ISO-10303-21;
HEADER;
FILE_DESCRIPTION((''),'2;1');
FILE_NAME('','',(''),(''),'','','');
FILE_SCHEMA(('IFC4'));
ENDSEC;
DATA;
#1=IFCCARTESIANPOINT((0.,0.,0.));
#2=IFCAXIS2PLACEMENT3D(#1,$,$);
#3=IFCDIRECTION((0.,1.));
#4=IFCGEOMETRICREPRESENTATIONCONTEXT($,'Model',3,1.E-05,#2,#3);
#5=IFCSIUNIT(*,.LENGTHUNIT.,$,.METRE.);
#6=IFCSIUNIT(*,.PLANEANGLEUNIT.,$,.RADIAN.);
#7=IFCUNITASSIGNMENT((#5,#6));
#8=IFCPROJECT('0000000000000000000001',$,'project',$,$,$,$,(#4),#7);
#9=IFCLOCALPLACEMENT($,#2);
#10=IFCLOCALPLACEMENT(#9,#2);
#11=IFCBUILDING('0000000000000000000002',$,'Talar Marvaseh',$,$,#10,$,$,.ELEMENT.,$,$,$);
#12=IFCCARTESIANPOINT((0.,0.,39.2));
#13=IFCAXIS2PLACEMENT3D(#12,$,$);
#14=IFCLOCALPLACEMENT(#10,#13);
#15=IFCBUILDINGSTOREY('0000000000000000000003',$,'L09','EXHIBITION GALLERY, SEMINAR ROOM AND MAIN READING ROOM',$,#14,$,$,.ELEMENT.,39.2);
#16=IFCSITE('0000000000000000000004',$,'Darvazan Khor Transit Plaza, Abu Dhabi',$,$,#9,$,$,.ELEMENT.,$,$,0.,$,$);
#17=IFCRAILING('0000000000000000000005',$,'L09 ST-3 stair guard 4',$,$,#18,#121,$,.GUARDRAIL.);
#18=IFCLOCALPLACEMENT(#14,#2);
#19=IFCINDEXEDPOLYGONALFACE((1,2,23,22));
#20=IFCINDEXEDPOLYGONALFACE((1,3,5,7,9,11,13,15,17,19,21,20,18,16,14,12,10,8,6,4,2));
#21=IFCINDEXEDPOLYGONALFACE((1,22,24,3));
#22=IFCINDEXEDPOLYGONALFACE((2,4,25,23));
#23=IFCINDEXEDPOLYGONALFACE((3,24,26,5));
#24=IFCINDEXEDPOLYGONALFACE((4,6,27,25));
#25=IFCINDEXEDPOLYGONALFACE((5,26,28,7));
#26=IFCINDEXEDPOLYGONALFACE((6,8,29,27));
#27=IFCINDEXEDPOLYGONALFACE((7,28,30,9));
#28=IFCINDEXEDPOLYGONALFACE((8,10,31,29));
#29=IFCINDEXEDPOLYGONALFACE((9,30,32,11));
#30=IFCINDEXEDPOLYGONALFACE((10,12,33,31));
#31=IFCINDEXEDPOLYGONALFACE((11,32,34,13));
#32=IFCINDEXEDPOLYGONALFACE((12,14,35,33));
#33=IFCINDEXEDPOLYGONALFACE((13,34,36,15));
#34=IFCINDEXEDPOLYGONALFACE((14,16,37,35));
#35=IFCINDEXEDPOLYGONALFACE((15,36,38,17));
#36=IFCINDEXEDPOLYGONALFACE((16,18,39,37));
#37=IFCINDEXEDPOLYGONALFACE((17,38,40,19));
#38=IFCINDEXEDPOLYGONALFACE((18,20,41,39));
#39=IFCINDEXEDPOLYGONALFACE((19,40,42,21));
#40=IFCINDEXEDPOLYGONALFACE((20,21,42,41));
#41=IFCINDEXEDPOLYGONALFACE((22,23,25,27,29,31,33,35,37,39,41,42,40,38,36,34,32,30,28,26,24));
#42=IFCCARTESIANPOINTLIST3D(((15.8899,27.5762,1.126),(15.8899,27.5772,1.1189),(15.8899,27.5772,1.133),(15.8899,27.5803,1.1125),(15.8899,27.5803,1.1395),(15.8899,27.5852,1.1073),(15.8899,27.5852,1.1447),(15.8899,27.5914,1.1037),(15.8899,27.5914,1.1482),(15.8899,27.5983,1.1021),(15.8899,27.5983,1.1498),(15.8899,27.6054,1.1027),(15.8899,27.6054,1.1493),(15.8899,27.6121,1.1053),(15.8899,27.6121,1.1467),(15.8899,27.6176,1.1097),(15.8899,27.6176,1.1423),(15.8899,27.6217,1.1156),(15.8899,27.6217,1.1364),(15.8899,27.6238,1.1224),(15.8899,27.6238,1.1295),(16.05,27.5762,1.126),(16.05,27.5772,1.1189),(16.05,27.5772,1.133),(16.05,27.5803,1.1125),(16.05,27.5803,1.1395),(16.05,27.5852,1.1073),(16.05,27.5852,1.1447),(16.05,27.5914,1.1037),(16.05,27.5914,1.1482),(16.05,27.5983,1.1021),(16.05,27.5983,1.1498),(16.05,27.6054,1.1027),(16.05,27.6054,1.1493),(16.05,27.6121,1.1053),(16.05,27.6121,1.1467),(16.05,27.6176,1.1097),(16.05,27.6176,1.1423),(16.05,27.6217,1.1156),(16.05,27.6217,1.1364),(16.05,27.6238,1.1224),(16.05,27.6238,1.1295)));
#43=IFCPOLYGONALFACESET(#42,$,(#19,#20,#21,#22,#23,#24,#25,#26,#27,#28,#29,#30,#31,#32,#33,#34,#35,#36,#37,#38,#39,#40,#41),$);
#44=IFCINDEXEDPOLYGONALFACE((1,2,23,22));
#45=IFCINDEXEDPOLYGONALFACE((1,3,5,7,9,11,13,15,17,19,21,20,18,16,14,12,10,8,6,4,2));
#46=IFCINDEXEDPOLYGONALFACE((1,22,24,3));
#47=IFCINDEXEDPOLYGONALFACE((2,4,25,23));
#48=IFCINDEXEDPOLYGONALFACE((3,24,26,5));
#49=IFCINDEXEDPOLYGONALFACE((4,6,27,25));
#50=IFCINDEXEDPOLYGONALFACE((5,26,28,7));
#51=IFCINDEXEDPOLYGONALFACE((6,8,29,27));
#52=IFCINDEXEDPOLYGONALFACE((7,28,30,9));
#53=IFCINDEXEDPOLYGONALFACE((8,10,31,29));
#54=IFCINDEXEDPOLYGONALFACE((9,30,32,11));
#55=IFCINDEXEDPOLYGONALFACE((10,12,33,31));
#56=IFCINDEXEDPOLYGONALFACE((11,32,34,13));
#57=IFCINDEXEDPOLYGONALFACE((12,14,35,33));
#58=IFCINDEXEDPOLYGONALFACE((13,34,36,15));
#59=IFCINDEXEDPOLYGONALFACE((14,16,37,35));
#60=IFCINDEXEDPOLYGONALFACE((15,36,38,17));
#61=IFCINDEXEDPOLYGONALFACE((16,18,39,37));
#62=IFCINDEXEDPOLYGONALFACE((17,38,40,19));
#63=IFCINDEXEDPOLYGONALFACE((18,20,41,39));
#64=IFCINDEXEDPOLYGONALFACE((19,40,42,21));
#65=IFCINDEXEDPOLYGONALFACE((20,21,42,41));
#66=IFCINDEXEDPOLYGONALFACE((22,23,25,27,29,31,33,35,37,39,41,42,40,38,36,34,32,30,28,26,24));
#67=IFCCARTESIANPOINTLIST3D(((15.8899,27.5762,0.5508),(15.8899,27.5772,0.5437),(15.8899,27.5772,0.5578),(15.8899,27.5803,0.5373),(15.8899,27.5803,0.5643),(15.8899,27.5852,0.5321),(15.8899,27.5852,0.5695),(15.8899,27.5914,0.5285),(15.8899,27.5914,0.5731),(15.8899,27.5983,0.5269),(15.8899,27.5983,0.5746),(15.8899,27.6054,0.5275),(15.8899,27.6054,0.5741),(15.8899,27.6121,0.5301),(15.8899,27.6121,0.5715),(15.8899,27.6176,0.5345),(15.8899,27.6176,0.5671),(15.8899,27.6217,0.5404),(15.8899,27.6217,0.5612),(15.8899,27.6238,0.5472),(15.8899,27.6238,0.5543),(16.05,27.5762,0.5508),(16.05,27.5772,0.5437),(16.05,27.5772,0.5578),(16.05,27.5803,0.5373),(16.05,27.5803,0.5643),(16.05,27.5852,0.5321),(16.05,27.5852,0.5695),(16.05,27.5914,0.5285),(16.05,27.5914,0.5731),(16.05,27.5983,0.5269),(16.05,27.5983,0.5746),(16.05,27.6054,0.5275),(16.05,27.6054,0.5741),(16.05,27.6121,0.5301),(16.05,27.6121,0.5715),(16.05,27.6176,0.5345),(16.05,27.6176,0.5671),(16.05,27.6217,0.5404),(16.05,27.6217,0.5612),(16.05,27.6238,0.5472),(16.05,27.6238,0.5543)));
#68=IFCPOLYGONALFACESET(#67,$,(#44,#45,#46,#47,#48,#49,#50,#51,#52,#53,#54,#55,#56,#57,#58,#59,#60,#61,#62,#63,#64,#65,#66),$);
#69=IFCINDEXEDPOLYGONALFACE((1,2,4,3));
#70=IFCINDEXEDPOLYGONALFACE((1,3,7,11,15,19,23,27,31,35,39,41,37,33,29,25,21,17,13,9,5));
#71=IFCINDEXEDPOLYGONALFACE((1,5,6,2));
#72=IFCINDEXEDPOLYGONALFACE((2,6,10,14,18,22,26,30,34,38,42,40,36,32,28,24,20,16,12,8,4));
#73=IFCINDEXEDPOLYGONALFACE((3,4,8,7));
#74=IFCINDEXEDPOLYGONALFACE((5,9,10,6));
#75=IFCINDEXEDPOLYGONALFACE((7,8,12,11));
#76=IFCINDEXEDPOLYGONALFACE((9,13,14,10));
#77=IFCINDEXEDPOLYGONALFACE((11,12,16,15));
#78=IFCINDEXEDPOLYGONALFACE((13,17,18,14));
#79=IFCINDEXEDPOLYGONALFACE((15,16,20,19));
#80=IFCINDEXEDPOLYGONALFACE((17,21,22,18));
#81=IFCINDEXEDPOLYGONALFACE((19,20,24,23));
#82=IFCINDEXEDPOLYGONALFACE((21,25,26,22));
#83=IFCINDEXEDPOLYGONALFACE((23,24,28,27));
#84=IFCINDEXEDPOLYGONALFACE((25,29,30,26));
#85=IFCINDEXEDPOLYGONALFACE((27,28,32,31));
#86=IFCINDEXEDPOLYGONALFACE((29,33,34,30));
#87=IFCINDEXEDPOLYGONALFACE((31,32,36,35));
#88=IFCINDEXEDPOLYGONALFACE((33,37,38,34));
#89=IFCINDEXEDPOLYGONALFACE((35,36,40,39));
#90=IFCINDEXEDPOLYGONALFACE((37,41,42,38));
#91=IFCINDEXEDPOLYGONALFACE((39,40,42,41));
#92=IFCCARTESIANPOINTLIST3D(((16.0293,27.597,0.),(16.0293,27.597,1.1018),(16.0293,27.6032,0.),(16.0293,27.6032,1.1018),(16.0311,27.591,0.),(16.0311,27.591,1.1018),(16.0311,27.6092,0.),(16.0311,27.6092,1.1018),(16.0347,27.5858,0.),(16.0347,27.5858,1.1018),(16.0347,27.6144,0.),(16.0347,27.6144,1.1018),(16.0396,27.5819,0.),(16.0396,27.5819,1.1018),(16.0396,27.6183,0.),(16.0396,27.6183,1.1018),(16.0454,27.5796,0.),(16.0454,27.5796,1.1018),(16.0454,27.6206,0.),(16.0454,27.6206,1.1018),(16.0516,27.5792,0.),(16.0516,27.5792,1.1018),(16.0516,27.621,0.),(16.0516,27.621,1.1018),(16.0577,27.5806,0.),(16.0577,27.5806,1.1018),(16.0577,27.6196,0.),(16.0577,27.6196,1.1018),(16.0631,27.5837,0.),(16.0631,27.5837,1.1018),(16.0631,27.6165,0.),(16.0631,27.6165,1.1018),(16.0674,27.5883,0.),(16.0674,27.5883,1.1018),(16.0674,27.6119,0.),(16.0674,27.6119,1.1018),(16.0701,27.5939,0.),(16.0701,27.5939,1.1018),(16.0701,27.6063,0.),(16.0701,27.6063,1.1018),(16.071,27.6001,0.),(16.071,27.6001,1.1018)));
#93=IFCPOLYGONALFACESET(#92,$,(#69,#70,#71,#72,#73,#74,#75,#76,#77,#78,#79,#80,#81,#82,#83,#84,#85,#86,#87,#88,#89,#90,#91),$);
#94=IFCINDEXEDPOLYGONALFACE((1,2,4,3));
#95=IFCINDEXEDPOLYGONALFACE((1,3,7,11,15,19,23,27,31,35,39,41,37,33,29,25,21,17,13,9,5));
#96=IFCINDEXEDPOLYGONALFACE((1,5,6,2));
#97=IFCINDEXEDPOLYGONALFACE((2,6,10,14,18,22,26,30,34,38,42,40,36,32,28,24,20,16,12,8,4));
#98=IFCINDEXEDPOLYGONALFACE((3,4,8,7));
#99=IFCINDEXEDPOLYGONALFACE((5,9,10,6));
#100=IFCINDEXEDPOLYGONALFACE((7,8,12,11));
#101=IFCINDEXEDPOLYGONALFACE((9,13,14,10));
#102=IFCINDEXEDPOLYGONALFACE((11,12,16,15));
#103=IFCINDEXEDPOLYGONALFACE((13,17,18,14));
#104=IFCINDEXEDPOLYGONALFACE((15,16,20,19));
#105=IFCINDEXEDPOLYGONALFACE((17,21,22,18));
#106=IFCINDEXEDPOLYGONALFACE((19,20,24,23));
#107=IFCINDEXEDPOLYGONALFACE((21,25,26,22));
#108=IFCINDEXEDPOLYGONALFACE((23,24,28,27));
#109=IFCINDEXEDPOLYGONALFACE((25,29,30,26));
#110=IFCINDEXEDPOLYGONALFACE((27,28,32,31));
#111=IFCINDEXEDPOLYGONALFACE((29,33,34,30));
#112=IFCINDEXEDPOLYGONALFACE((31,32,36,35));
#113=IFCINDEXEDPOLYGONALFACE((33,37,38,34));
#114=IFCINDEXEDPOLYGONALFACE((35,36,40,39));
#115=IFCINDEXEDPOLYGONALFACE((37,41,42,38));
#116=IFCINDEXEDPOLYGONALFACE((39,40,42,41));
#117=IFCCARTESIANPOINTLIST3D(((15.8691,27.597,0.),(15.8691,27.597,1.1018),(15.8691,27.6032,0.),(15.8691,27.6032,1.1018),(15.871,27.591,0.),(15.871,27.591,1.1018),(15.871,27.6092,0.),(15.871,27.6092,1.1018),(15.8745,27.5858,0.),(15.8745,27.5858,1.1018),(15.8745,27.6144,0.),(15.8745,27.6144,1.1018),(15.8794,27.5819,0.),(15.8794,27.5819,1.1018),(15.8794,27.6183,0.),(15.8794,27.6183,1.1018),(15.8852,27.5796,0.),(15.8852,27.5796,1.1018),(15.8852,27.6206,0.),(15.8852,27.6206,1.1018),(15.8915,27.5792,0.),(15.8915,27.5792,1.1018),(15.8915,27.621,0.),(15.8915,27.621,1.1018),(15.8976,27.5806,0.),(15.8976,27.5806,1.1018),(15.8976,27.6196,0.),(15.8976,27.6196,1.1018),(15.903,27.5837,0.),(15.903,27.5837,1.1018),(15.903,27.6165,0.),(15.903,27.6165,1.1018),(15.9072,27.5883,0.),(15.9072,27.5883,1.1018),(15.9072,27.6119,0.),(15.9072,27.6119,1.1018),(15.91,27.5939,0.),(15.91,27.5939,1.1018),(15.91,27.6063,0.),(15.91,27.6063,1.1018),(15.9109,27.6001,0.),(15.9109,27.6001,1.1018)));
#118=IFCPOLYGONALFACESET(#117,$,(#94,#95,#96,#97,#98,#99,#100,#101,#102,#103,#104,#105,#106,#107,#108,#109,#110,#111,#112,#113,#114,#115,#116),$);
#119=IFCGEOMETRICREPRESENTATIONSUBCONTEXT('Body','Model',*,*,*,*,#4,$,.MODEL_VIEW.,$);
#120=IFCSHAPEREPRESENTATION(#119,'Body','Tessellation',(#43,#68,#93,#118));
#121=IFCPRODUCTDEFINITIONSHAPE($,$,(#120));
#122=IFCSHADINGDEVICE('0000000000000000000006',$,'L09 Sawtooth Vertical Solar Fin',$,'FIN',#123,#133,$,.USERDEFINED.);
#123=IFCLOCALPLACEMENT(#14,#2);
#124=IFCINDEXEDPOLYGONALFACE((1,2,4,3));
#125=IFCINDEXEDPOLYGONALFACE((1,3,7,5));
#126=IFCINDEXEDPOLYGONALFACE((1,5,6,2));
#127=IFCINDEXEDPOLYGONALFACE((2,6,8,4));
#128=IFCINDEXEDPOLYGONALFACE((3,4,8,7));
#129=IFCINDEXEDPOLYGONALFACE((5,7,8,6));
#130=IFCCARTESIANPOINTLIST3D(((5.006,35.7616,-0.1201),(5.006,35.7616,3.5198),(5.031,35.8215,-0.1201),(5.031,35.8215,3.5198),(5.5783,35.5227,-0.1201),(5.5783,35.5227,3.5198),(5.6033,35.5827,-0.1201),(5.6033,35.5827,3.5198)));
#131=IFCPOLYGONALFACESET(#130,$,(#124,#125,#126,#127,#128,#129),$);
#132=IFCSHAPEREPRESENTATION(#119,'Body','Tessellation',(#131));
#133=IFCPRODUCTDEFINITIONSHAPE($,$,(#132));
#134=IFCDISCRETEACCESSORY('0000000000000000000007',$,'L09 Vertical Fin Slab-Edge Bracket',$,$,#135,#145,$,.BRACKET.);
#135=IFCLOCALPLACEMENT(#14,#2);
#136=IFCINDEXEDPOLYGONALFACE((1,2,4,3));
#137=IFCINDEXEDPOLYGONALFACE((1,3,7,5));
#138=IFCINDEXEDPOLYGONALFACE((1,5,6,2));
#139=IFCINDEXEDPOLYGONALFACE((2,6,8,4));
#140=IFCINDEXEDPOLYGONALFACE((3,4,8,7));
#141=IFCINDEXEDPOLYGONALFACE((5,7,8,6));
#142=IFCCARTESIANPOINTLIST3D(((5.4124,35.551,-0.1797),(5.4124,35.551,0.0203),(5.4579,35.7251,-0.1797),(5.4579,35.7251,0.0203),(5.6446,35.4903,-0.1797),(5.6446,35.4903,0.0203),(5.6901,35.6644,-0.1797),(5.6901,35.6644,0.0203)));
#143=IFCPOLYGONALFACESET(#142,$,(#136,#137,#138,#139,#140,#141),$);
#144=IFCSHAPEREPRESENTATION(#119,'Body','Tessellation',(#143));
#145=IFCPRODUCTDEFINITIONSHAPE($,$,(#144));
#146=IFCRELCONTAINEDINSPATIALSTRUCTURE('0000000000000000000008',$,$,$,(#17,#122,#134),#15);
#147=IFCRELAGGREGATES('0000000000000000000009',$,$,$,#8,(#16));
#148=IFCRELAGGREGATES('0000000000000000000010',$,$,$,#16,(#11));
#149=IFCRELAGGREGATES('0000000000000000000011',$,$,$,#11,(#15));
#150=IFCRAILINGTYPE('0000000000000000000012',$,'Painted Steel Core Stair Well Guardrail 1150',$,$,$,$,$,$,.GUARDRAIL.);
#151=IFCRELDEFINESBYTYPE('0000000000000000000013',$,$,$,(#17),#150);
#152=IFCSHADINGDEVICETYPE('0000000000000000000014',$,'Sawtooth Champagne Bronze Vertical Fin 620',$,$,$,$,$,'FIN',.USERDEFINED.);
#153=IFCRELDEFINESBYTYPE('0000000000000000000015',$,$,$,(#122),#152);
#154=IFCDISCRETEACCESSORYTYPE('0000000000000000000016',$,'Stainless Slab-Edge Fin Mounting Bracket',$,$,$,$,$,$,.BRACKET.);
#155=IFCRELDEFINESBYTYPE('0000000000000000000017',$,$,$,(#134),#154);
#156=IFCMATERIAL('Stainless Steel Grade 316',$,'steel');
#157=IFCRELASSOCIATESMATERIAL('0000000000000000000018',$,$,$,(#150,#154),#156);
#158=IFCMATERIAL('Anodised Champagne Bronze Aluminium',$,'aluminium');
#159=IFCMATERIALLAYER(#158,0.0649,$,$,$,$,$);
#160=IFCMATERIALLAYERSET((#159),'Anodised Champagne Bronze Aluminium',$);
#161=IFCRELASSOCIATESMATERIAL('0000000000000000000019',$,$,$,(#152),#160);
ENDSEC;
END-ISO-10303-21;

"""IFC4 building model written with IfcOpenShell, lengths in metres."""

from ifc_helpers import new_model, si_unit, direction, frame, origin, origin_2d, place, context, subcontext, project, spatial, rectangle, circle, extrude, source, transform, mapped, material, layer, layer_set, type_object, type_shapes, element, save


model = new_model("IFC4")

# Units and contexts
model_context = context("Model", 3, precision=1e-05, world=origin(), true_north=direction((0.0, 1.0)))
body_context = subcontext(model_context, "Body", "Model", "MODEL_VIEW")
ifc_project = project(units=[si_unit("LENGTHUNIT", "METRE"), si_unit("PLANEANGLEUNIT", "RADIAN")], contexts=[model_context])

# Site, building, storey
site_placement = place(None, origin())
site = spatial("IfcSite", under=ifc_project, at=site_placement, Name="Darvazan Khor Transit Plaza, Abu Dhabi", CompositionType="ELEMENT", RefElevation=0.0)
building_placement = place(site_placement, origin())
building = spatial("IfcBuilding", under=site, at=building_placement, Name="Talar Marvaseh", CompositionType="ELEMENT")
storey_placement = place(building_placement, frame((0.0, 0.0, 39.2)))
storey = spatial("IfcBuildingStorey", under=building, at=storey_placement, Name="L09", Description="EXHIBITION GALLERY, SEMINAR ROOM AND MAIN READING ROOM", CompositionType="ELEMENT", Elevation=39.2)

# Railing
ifc_material_1 = material(Name="Stainless Steel Grade 316", Category="steel")
railing_type_1 = type_object("IfcRailingType", Name="Painted Steel Core Stair Well Guardrail 1150", PredefinedType="GUARDRAIL", material=ifc_material_1)
railing_1_placement = place(storey_placement, frame((16.05, 27.6001, 0.0)))
element("IfcRailing", 1, at=railing_1_placement, inside=storey, type_object=railing_type_1, Name="L09 ST-3 stair guard 4", PredefinedType="GUARDRAIL", context=body_context, shape_type="SweptSolid", body=[
    extrude(circle(Radius=0.0239, at=origin_2d()), frame((0.0, 0.0, 1.126), z_axis=(-1.0, 0.0, 0.0), x_axis=(0.0, -1.0, 0.0)), (0.0, 0.0, 1.0), 0.1602),
    extrude(circle(Radius=0.0239, at=origin_2d()), frame((0.0, 0.0, 0.5508), z_axis=(-1.0, 0.0, 0.0), x_axis=(0.0, -1.0, 0.0)), (0.0, 0.0, 1.0), 0.1602),
    extrude(circle(Radius=0.021, at=origin_2d()), origin(), (0.0, 0.0, 1.0), 1.1018),
    extrude(circle(Radius=0.021, at=origin_2d()), frame((-0.1602, 0.0, 0.0)), (0.0, 0.0, 1.0), 1.1018),
])

# Shading device
ifc_material_2 = material(Name="Anodised Champagne Bronze Aluminium", Category="aluminium")
ifc_layer_1 = layer(ifc_material_2, 0.0649)
ifc_layer_set_1 = layer_set([ifc_layer_1], Name="Anodised Champagne Bronze Aluminium")
shading_device_type = type_object("IfcShadingDeviceType", Name="Sawtooth Champagne Bronze Vertical Fin 620", ElementType="FIN", PredefinedType="USERDEFINED", material=ifc_layer_set_1)
shared_shape_1 = source(origin(), body_context, "Body", "SweptSolid", [
    extrude(rectangle(XDim=0.6201, YDim=0.0649, at=origin_2d()), origin(), (0.0, 0.0, 1.0), 3.6399),
])
type_shapes(shading_device_type, [shared_shape_1])
shading_device_placement = place(storey_placement, frame((5.3047, 35.6721, -0.1201), z_axis=(0.0, 0.0, 1.0), x_axis=(-0.922875, 0.385101, 0.0)))
element("IfcShadingDevice", 2, at=shading_device_placement, inside=storey, type_object=shading_device_type, Name="L09 Sawtooth Vertical Solar Fin", ObjectType="FIN", PredefinedType="USERDEFINED", context=body_context, shape_type="MappedRepresentation", body=[
    mapped(shared_shape_1, transform((0.0, 0.0, 0.0), x_axis=(1.0, 0.0, 0.0), y_axis=(0.0, 1.0, 0.0), z_axis=(0.0, 0.0, 1.0), scale=1.0)),
])

# Discrete accessory
discrete_accessory_type = type_object("IfcDiscreteAccessoryType", Name="Stainless Slab-Edge Fin Mounting Bracket", PredefinedType="BRACKET", material=ifc_material_1)
shared_shape_2 = source(origin(), body_context, "Body", "SweptSolid", [
    extrude(rectangle(XDim=0.24, YDim=0.1799, at=origin_2d()), origin(), (0.0, 0.0, 1.0), 0.2),
])
type_shapes(discrete_accessory_type, [shared_shape_2])
discrete_accessory_placement = place(storey_placement, frame((5.5513, 35.6077, -0.1797), z_axis=(0.0, 0.0, 1.0), x_axis=(-0.967489, 0.252914, 0.0)))
element("IfcDiscreteAccessory", 3, at=discrete_accessory_placement, inside=storey, type_object=discrete_accessory_type, Name="L09 Vertical Fin Slab-Edge Bracket", PredefinedType="BRACKET", context=body_context, shape_type="MappedRepresentation", body=[
    mapped(shared_shape_2, transform((0.0, 0.0, 0.0), x_axis=(1.0, 0.0, 0.0), y_axis=(0.0, 1.0, 0.0), z_axis=(0.0, 0.0, 1.0), scale=1.0)),
])

save(model, "model.ifc")
